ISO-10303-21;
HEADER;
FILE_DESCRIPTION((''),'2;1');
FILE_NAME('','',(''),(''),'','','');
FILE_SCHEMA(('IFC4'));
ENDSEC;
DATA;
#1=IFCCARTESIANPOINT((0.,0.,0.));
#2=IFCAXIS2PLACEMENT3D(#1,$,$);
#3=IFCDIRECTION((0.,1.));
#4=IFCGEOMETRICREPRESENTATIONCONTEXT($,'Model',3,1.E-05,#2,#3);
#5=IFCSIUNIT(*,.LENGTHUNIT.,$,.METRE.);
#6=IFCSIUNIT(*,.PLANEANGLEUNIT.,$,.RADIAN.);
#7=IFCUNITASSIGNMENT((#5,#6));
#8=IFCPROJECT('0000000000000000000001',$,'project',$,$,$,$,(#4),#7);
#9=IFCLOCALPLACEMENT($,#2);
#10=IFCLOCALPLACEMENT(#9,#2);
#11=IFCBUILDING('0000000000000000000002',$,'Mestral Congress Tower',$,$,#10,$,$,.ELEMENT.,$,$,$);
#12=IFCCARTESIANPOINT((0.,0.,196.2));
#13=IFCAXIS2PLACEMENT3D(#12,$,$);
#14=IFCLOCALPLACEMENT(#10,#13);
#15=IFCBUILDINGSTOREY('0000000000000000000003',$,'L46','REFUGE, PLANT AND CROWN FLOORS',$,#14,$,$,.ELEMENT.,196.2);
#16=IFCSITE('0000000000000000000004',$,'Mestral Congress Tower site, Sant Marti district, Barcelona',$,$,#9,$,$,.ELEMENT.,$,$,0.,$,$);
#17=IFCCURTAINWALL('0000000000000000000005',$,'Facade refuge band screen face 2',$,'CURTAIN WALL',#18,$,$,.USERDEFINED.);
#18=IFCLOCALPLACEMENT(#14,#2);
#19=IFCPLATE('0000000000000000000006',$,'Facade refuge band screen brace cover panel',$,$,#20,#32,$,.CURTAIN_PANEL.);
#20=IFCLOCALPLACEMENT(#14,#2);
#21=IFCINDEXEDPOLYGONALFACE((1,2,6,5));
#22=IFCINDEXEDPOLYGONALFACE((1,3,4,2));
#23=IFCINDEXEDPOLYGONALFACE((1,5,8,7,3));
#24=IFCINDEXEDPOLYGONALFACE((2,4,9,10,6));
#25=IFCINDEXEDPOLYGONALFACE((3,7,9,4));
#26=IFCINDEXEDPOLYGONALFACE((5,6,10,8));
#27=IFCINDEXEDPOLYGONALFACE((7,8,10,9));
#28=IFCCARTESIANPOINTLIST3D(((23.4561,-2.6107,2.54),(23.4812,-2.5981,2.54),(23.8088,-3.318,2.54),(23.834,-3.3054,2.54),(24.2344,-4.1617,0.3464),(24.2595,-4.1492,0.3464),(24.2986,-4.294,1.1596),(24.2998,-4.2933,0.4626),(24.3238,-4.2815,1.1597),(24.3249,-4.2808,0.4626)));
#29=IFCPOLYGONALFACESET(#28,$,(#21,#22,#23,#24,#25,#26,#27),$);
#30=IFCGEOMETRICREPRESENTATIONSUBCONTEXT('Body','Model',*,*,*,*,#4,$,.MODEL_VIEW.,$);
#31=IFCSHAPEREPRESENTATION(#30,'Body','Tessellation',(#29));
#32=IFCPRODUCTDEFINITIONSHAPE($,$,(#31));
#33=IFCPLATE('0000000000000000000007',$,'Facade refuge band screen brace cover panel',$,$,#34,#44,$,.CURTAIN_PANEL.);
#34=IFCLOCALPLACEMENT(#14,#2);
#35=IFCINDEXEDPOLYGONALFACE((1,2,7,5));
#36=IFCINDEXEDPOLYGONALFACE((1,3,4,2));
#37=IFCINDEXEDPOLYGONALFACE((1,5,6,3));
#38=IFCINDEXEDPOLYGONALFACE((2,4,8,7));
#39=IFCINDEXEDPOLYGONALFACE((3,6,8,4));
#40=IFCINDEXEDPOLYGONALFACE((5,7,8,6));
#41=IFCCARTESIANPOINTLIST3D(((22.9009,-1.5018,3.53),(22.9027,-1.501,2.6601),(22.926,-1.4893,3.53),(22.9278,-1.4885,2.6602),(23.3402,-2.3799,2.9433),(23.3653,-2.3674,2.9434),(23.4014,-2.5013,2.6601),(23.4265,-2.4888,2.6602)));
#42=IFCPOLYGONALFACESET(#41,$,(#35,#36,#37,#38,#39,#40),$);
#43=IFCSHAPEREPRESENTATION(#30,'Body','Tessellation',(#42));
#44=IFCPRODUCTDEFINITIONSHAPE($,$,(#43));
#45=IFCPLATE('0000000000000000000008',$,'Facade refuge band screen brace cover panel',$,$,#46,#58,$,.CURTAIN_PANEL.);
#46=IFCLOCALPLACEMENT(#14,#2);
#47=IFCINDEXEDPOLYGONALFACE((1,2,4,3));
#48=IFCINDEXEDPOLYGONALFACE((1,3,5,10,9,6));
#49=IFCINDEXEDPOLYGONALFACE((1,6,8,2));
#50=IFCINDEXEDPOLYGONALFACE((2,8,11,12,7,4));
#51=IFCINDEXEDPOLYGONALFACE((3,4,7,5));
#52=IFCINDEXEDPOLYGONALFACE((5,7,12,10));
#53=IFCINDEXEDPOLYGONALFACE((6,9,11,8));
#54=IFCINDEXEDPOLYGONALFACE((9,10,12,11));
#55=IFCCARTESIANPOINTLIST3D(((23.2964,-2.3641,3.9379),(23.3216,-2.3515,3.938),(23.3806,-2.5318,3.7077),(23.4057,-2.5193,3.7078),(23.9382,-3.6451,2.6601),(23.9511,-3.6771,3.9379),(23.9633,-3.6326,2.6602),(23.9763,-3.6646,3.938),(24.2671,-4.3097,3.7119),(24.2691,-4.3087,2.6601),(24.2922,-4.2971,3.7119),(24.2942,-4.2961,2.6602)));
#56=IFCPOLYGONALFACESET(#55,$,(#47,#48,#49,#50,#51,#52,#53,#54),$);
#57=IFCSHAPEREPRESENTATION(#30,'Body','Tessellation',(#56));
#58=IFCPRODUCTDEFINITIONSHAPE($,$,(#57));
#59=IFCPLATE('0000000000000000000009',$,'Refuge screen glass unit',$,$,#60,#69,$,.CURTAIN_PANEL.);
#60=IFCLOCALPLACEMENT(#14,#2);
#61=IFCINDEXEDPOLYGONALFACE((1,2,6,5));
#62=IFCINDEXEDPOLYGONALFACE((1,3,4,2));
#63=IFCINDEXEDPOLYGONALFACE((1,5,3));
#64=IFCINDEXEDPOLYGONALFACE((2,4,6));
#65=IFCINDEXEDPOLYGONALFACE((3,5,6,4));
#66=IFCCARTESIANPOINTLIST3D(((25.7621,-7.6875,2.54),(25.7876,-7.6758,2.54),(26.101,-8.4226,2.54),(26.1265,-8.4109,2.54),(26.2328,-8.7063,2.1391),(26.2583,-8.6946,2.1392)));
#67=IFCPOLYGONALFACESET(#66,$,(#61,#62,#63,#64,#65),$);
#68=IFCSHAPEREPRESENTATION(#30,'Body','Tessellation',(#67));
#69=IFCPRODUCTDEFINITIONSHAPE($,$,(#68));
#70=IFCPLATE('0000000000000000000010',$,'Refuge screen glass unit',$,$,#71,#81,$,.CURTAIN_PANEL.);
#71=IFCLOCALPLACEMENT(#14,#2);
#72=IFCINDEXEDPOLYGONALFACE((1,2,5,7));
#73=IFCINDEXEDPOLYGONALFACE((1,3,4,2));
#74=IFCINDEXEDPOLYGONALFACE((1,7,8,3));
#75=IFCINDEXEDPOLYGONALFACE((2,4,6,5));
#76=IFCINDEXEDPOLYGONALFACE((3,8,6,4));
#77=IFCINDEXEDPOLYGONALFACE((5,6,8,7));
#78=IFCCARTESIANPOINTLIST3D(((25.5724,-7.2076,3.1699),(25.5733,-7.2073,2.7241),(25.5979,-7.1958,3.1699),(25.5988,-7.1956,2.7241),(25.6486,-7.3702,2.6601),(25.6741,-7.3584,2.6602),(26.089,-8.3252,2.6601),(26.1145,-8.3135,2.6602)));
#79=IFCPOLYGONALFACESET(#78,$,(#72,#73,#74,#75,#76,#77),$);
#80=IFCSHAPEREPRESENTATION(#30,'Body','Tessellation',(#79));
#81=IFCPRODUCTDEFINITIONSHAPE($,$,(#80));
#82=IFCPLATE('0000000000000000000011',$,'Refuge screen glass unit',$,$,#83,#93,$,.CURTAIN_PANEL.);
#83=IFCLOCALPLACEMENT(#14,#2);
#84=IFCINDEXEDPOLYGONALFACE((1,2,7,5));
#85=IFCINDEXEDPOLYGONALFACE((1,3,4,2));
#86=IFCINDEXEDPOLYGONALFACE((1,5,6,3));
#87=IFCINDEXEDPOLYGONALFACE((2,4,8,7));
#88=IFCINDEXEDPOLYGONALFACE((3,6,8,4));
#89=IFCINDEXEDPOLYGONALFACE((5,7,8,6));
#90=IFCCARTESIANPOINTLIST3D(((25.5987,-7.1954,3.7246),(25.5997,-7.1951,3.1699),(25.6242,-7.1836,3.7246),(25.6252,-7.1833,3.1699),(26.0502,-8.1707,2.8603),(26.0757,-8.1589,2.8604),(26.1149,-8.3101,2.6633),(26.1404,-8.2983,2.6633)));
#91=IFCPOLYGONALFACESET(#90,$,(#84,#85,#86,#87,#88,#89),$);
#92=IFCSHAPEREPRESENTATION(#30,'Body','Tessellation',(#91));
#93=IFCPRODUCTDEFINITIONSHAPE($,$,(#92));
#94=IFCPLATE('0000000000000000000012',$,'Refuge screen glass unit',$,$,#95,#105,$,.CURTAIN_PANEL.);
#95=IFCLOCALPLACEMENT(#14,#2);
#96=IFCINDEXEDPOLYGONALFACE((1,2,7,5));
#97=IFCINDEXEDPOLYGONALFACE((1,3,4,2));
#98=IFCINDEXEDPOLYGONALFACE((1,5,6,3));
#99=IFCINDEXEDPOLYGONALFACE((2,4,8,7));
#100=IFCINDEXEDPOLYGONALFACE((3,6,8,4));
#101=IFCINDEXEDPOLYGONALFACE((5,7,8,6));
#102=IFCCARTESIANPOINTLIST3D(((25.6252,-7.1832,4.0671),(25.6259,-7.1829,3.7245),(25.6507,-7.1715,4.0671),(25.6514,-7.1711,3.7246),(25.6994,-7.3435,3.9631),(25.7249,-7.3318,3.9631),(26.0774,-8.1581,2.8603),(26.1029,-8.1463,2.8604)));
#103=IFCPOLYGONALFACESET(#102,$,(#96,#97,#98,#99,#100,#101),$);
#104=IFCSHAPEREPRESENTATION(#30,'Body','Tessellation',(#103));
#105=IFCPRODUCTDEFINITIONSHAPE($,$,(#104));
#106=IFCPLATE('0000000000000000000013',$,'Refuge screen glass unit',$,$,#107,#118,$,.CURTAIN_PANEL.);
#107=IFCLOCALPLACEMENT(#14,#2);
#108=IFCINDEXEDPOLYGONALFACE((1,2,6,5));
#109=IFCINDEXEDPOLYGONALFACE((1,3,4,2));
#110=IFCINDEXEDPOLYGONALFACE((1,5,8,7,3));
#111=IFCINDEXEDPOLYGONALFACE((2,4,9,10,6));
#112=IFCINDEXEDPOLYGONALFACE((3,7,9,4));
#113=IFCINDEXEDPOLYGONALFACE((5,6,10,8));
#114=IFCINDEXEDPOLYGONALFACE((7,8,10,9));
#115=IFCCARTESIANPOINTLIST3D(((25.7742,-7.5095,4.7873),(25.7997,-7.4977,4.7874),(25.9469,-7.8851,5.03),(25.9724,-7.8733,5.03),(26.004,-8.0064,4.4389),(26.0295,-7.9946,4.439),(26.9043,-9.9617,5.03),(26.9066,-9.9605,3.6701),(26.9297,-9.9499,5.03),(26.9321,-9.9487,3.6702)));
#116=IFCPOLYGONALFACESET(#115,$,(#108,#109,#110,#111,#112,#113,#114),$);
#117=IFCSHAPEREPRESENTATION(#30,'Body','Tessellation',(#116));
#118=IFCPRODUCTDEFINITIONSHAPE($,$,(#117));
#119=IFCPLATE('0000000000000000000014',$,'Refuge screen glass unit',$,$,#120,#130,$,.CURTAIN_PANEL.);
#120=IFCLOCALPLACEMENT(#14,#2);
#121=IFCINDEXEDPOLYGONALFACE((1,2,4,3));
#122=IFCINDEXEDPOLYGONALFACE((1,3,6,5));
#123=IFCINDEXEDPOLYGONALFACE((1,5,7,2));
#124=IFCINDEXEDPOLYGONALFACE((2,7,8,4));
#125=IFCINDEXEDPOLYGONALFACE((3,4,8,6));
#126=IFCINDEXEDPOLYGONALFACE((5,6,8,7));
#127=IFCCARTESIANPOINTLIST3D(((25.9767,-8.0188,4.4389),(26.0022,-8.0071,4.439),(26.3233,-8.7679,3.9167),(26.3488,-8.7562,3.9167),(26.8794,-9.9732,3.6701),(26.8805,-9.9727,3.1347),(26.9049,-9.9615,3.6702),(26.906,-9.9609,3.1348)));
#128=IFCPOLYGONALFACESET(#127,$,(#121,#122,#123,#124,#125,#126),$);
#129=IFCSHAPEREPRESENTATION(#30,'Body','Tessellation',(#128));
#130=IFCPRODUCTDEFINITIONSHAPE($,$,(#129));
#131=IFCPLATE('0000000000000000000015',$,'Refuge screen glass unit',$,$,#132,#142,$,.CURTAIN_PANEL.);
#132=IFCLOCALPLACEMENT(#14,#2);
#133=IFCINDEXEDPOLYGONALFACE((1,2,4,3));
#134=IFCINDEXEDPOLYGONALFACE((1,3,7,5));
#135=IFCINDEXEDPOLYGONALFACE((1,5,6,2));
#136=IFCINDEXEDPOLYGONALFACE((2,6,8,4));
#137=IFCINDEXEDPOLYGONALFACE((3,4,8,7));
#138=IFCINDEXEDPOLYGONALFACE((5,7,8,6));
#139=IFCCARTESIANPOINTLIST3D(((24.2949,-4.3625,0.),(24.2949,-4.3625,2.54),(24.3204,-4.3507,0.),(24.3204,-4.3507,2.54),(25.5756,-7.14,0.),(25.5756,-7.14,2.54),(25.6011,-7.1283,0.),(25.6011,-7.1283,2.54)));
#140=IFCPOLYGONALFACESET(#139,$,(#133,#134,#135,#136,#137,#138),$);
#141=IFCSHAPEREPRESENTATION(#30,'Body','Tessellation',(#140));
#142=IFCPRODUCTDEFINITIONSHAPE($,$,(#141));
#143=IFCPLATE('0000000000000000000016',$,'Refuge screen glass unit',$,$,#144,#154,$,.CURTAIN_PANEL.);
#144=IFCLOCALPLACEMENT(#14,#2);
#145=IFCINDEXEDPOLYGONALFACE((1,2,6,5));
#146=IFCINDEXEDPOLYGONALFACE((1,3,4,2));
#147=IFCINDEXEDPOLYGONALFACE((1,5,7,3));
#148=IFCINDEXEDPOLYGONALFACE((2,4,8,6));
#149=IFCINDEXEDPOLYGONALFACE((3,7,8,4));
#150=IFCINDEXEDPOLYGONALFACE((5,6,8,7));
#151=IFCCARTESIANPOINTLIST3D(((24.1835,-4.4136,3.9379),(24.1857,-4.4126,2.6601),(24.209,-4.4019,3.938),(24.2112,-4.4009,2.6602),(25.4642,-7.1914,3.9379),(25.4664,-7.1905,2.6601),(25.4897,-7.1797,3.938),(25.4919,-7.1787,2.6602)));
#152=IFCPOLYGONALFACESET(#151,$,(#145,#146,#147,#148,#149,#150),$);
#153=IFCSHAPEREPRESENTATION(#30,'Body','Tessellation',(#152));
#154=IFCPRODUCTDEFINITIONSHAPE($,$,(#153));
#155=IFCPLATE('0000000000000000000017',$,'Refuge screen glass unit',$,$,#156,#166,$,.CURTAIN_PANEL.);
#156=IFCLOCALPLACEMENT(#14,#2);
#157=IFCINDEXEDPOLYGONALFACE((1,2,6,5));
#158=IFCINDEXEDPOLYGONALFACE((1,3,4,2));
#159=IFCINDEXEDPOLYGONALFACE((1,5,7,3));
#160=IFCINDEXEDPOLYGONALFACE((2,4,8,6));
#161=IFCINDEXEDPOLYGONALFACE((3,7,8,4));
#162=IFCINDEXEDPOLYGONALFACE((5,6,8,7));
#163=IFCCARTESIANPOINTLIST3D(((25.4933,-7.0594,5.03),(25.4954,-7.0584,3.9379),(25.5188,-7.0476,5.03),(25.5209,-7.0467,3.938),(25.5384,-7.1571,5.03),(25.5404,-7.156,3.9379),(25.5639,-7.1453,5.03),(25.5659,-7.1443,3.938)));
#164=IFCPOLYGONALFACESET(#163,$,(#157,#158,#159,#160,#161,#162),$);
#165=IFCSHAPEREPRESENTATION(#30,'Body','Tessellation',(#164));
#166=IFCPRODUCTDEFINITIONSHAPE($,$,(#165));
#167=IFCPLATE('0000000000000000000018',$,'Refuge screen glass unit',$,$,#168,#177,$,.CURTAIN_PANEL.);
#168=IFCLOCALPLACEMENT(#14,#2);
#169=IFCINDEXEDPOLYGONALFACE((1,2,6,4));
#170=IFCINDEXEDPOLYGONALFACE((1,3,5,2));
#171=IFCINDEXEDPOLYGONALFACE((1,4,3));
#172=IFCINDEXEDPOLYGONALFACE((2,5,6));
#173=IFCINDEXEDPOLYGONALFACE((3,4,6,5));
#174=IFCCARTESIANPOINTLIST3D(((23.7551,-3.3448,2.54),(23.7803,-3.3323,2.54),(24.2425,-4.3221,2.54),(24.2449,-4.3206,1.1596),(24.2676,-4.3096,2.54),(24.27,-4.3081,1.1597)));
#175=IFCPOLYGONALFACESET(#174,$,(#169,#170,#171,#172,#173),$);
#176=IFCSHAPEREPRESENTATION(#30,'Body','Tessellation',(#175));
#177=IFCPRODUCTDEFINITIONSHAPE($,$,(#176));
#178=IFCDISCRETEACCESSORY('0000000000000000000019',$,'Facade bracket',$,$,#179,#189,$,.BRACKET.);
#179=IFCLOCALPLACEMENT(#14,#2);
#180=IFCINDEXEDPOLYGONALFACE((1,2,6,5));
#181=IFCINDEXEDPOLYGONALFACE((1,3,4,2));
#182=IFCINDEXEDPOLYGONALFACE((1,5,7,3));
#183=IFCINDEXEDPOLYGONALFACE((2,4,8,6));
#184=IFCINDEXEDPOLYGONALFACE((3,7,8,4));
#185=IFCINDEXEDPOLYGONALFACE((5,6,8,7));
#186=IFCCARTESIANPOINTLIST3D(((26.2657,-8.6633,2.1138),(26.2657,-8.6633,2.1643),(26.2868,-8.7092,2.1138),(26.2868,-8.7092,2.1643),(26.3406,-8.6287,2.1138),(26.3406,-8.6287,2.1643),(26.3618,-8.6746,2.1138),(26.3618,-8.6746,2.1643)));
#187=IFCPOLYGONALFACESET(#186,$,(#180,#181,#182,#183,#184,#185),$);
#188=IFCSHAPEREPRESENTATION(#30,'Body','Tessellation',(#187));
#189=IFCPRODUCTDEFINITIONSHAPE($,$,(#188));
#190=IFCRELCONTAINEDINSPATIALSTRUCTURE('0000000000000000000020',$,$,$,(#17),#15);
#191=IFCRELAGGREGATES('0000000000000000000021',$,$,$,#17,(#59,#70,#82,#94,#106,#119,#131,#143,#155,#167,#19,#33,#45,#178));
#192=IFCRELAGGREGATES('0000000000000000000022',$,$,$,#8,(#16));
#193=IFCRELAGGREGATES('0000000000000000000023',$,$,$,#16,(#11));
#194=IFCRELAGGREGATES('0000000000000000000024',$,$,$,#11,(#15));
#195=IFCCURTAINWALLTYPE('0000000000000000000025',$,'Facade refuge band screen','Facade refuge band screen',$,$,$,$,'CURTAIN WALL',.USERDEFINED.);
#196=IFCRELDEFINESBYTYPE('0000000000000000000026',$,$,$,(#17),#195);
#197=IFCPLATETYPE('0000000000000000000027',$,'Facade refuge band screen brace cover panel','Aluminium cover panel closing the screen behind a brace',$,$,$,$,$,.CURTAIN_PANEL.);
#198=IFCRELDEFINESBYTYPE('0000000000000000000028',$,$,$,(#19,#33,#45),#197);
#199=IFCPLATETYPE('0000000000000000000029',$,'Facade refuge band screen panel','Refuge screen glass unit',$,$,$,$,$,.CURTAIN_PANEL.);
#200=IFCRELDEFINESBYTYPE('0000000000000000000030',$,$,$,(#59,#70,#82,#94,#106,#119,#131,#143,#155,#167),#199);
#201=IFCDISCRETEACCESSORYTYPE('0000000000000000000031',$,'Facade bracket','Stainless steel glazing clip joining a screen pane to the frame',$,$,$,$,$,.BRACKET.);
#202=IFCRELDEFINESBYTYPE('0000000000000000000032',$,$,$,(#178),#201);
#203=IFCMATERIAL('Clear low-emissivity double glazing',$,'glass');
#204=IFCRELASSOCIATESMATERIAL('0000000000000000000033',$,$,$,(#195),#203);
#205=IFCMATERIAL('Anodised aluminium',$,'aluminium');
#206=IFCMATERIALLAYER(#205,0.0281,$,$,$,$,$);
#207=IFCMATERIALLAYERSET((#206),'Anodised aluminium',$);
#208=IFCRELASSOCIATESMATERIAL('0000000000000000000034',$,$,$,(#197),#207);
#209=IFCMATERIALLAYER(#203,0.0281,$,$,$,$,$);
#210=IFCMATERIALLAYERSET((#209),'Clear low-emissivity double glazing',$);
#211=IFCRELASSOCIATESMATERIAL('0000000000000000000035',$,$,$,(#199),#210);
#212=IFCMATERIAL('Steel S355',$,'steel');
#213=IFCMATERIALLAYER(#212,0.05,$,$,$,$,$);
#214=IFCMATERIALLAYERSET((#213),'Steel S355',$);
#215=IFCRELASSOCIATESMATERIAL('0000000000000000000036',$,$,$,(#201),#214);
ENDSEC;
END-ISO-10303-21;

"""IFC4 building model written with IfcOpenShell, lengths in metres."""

from ifc_helpers import new_model, si_unit, direction, frame, origin, origin_2d, place, context, subcontext, project, spatial, polyline, rectangle, outline, extrude, material, layer, layer_set, type_object, element, aggregate, save


model = new_model("IFC4")

# Units and contexts
model_context = context("Model", 3, precision=1e-05, world=origin(), true_north=direction((0.0, 1.0)))
body_context = subcontext(model_context, "Body", "Model", "MODEL_VIEW")
ifc_project = project(units=[si_unit("LENGTHUNIT", "METRE"), si_unit("PLANEANGLEUNIT", "RADIAN")], contexts=[model_context])

# Site, building, storey
site_placement = place(None, origin())
site = spatial("IfcSite", under=ifc_project, at=site_placement, Name="Mestral Congress Tower site, Sant Marti district, Barcelona", CompositionType="ELEMENT", RefElevation=0.0)
building_placement = place(site_placement, origin())
building = spatial("IfcBuilding", under=site, at=building_placement, Name="Mestral Congress Tower", CompositionType="ELEMENT")
storey_placement = place(building_placement, frame((0.0, 0.0, 196.2)))
storey = spatial("IfcBuildingStorey", under=building, at=storey_placement, Name="L46", Description="REFUGE, PLANT AND CROWN FLOORS", CompositionType="ELEMENT", Elevation=196.2)

# Shared definitions
ifc_material_1 = material(Name="Steel S355", Category="steel")

# Curtain wall
ifc_material_2 = material(Name="Clear low-emissivity double glazing", Category="glass")
curtain_wall_type = type_object("IfcCurtainWallType", Name="Facade refuge band screen", Description="Facade refuge band screen", ElementType="CURTAIN WALL", PredefinedType="USERDEFINED", material=ifc_material_2)
curtain_wall_placement = place(storey_placement, origin())
curtain_wall = element("IfcCurtainWall", 1, at=curtain_wall_placement, inside=storey, type_object=curtain_wall_type, Name="Facade refuge band screen face 2", ObjectType="CURTAIN WALL", PredefinedType="USERDEFINED")
ifc_material_3 = material(Name="Anodised aluminium", Category="aluminium")

# Plates
ifc_layer_1 = layer(ifc_material_3, 0.0281)
ifc_layer_set_1 = layer_set([ifc_layer_1], Name="Anodised aluminium")
plate_type_1 = type_object("IfcPlateType", Name="Facade refuge band screen brace cover panel", Description="Aluminium cover panel closing the screen behind a brace", PredefinedType="CURTAIN_PANEL", material=ifc_layer_set_1)
plate_1_placement = place(storey_placement, frame((23.4812, -2.5981, 2.54), z_axis=(0.894869, 0.446324, 0.001931), x_axis=(0.278267, -0.554526, -0.784263)))
plate_1 = element("IfcPlate", 2, at=plate_1_placement, type_object=plate_type_1, Name="Facade refuge band screen brace cover panel", PredefinedType="CURTAIN_PANEL", context=body_context, shape_type="SweptSolid", body=[
    extrude(outline(polyline([(0.0, 0.0), (2.797, 0.0), (2.7971, -0.1874), (2.2505, -0.6199), (0.4904, -0.6199), (0.0, 0.0)])), origin(), (0.0, 0.0, -1.0), 0.0281),
])
plate_2_placement = place(storey_placement, frame((23.4265, -2.4888, 2.6602), z_axis=(0.894934, 0.446193, 0.002218), x_axis=(-0.194865, 0.386361, 0.901528)))
plate_2 = element("IfcPlate", 3, at=plate_2_placement, type_object=plate_type_1, Name="Facade refuge band screen brace cover panel", PredefinedType="CURTAIN_PANEL", context=body_context, shape_type="SweptSolid", body=[
    extrude(outline(polyline([(0.0, 0.0), (0.3141, 0.0), (1.2679, -0.6313), (0.4837, -1.0076), (0.0, 0.0)])), origin(), (0.0, 0.0, -1.0), 0.0281),
])
plate_3_placement = place(storey_placement, frame((24.2942, -4.2961, 2.6602), z_axis=(0.89492, 0.446222, 0.002115), x_axis=(-0.001892, -0.000946, 0.999998)))
plate_3 = element("IfcPlate", 4, at=plate_3_placement, type_object=plate_type_1, Name="Facade refuge band screen brace cover panel", PredefinedType="CURTAIN_PANEL", context=body_context, shape_type="SweptSolid", body=[
    extrude(outline(polyline([(0.0, 0.0), (1.0518, 0.0), (1.2778, -0.7071), (1.2778, -2.1743), (1.0476, -1.9866), (0.0, -0.7415), (0.0, 0.0)])), origin(), (0.0, 0.0, -1.0), 0.0281),
])
ifc_layer_2 = layer(ifc_material_2, 0.0281)
ifc_layer_set_2 = layer_set([ifc_layer_2], Name="Clear low-emissivity double glazing")
plate_type_2 = type_object("IfcPlateType", Name="Facade refuge band screen panel", Description="Refuge screen glass unit", PredefinedType="CURTAIN_PANEL", material=ifc_layer_set_2)
plate_4_placement = place(storey_placement, frame((26.2583, -8.6946, 2.1392), z_axis=(0.908151, 0.418636, 0.002403), x_axis=(-0.259268, 0.557906, 0.788366)))
plate_4 = element("IfcPlate", 5, at=plate_4_placement, type_object=plate_type_2, Name="Refuge screen glass unit", PredefinedType="CURTAIN_PANEL", context=body_context, shape_type="SweptSolid", body=[
    extrude(outline(polyline([(0.0, 0.0), (0.5085, 0.0), (1.0065, -0.6381), (0.0, 0.0)])), origin(), (0.0, 0.0, -1.0), 0.0281),
])
plate_5_placement = place(storey_placement, frame((25.6741, -7.3584, 2.6602), z_axis=(0.908108, 0.41873, 0.002134), x_axis=(0.418731, -0.90811, 0.0)))
plate_5 = element("IfcPlate", 6, at=plate_5_placement, type_object=plate_type_2, Name="Refuge screen glass unit", PredefinedType="CURTAIN_PANEL", context=body_context, shape_type="SweptSolid", body=[
    extrude(outline(polyline([(0.0, 0.0), (1.0517, 0.0), (-0.1796, -0.5098), (-0.1794, -0.064), (0.0, 0.0)])), origin(), (0.0, 0.0, -1.0), 0.0281),
])
plate_6_placement = place(storey_placement, frame((25.6252, -7.1833, 3.1699), z_axis=(0.908118, 0.41871, 0.001825), x_axis=(0.38771, -0.839223, -0.381295)))
plate_6 = element("IfcPlate", 7, at=plate_6_placement, type_object=plate_type_2, Name="Refuge screen glass unit", PredefinedType="CURTAIN_PANEL", context=body_context, shape_type="SweptSolid", body=[
    extrude(outline(polyline([(0.0, 0.0), (1.3286, 0.0), (1.1114, -0.1235), (-0.2117, -0.5127), (0.0, 0.0)])), origin(), (0.0, 0.0, -1.0), 0.0281),
])
plate_7_placement = place(storey_placement, frame((25.6514, -7.1711, 3.7246), z_axis=(0.908172, 0.418593, 0.002123), x_axis=(0.327398, -0.707139, -0.62671)))
plate_7 = element("IfcPlate", 8, at=plate_7_placement, type_object=plate_type_2, Name="Refuge screen glass unit", PredefinedType="CURTAIN_PANEL", context=body_context, shape_type="SweptSolid", body=[
    extrude(outline(polyline([(0.0, 0.0), (1.379, 0.0), (-0.0118, -0.2966), (-0.2147, -0.2669), (0.0, 0.0)])), origin(), (0.0, 0.0, -1.0), 0.0281),
])
plate_8_placement = place(storey_placement, frame((26.0295, -7.9946, 4.439), z_axis=(0.908129, 0.418685, 0.001939), x_axis=(0.394883, -0.854945, -0.336358)))
plate_8 = element("IfcPlate", 9, at=plate_8_placement, type_object=plate_type_2, Name="Refuge screen glass unit", PredefinedType="CURTAIN_PANEL", context=body_context, shape_type="SweptSolid", body=[
    extrude(outline(polyline([(0.0, 0.0), (2.2857, 0.0), (1.8283, -1.2807), (-0.3251, -0.5115), (-0.6328, -0.1439), (0.0, 0.0)])), origin(), (0.0, 0.0, -1.0), 0.0281),
])
plate_9_placement = place(storey_placement, frame((26.0022, -8.0071, 4.439), z_axis=(0.908178, 0.418579, 0.002281), x_axis=(0.354831, -0.766952, -0.534678)))
plate_9 = element("IfcPlate", 10, at=plate_9_placement, type_object=plate_type_2, Name="Refuge screen glass unit", PredefinedType="CURTAIN_PANEL", context=body_context, shape_type="SweptSolid", body=[
    extrude(outline(polyline([(0.0, 0.0), (0.9767, 0.0), (2.5165, -0.0489), (2.2303, -0.5014), (0.0, 0.0)])), origin(), (0.0, 0.0, -1.0), 0.0281),
])
plate_10_placement = place(storey_placement, frame((24.948, -5.7454, 0.0), z_axis=(0.0, 0.0, 1.0), x_axis=(-0.41871, 0.90812, 0.0)))
plate_10 = element("IfcPlate", 11, at=plate_10_placement, type_object=plate_type_2, Name="Refuge screen glass unit", PredefinedType="CURTAIN_PANEL", context=body_context, shape_type="SweptSolid", body=[
    extrude(rectangle(XDim=3.0586, YDim=0.0281, at=origin_2d()), origin(), (0.0, 0.0, 1.0), 2.54),
])
plate_11_placement = place(storey_placement, frame((24.2112, -4.4009, 2.6602), z_axis=(0.908121, 0.418703, 0.001882), x_axis=(0.418704, -0.908123, 0.0)))
plate_11 = element("IfcPlate", 12, at=plate_11_placement, type_object=plate_type_2, Name="Refuge screen glass unit", PredefinedType="CURTAIN_PANEL", context=body_context, shape_type="SweptSolid", body=[
    extrude(outline(polyline([(0.0, 0.0), (3.0589, 0.0), (3.0588, -1.2778), (0.0, -1.2778), (0.0, 0.0)])), origin(), (0.0, 0.0, -1.0), 0.0281),
])
plate_12_placement = place(storey_placement, frame((25.5659, -7.1443, 3.938), z_axis=(0.908057, 0.418841, 0.0021), x_axis=(-0.001881, -0.000937, 0.999998)))
plate_12 = element("IfcPlate", 13, at=plate_12_placement, type_object=plate_type_2, Name="Refuge screen glass unit", PredefinedType="CURTAIN_PANEL", context=body_context, shape_type="SweptSolid", body=[
    extrude(outline(polyline([(0.0, 0.0), (1.092, 0.0), (1.092, -0.1076), (0.0, -0.1075), (0.0, 0.0)])), origin(), (0.0, 0.0, -1.0), 0.0281),
])
plate_13_placement = place(storey_placement, frame((24.2676, -4.3096, 2.54), z_axis=(0.894917, 0.446229, 0.002056), x_axis=(-0.44623, 0.894918, 0.0)))
plate_13 = element("IfcPlate", 14, at=plate_13_placement, type_object=plate_type_2, Name="Refuge screen glass unit", PredefinedType="CURTAIN_PANEL", context=body_context, shape_type="SweptSolid", body=[
    extrude(outline(polyline([(0.0, 0.0), (1.092, 0.0), (0.0002, -1.3804), (0.0, 0.0)])), origin(), (0.0, 0.0, -1.0), 0.0281),
])

# Discrete accessory
ifc_layer_3 = layer(ifc_material_1, 0.05)
ifc_layer_set_3 = layer_set([ifc_layer_3], Name="Steel S355")
discrete_accessory_type = type_object("IfcDiscreteAccessoryType", Name="Facade bracket", Description="Stainless steel glazing clip joining a screen pane to the frame", PredefinedType="BRACKET", material=ifc_layer_set_3)
discrete_accessory_1_placement = place(storey_placement, frame((26.3137, -8.6689, 2.1138), z_axis=(0.0, 0.0, 1.0), x_axis=(-0.418745, 0.908104, 0.0)))
discrete_accessory_1 = element("IfcDiscreteAccessory", 15, at=discrete_accessory_1_placement, type_object=discrete_accessory_type, Name="Facade bracket", PredefinedType="BRACKET", context=body_context, shape_type="SweptSolid", body=[
    extrude(rectangle(XDim=0.0505, YDim=0.0825, at=origin_2d()), origin(), (0.0, 0.0, 1.0), 0.0505),
])
aggregate(curtain_wall, [plate_4, plate_5, plate_6, plate_7, plate_8, plate_9, plate_10, plate_11, plate_12, plate_13, plate_1, plate_2, plate_3, discrete_accessory_1])

save(model, "model.ifc")
